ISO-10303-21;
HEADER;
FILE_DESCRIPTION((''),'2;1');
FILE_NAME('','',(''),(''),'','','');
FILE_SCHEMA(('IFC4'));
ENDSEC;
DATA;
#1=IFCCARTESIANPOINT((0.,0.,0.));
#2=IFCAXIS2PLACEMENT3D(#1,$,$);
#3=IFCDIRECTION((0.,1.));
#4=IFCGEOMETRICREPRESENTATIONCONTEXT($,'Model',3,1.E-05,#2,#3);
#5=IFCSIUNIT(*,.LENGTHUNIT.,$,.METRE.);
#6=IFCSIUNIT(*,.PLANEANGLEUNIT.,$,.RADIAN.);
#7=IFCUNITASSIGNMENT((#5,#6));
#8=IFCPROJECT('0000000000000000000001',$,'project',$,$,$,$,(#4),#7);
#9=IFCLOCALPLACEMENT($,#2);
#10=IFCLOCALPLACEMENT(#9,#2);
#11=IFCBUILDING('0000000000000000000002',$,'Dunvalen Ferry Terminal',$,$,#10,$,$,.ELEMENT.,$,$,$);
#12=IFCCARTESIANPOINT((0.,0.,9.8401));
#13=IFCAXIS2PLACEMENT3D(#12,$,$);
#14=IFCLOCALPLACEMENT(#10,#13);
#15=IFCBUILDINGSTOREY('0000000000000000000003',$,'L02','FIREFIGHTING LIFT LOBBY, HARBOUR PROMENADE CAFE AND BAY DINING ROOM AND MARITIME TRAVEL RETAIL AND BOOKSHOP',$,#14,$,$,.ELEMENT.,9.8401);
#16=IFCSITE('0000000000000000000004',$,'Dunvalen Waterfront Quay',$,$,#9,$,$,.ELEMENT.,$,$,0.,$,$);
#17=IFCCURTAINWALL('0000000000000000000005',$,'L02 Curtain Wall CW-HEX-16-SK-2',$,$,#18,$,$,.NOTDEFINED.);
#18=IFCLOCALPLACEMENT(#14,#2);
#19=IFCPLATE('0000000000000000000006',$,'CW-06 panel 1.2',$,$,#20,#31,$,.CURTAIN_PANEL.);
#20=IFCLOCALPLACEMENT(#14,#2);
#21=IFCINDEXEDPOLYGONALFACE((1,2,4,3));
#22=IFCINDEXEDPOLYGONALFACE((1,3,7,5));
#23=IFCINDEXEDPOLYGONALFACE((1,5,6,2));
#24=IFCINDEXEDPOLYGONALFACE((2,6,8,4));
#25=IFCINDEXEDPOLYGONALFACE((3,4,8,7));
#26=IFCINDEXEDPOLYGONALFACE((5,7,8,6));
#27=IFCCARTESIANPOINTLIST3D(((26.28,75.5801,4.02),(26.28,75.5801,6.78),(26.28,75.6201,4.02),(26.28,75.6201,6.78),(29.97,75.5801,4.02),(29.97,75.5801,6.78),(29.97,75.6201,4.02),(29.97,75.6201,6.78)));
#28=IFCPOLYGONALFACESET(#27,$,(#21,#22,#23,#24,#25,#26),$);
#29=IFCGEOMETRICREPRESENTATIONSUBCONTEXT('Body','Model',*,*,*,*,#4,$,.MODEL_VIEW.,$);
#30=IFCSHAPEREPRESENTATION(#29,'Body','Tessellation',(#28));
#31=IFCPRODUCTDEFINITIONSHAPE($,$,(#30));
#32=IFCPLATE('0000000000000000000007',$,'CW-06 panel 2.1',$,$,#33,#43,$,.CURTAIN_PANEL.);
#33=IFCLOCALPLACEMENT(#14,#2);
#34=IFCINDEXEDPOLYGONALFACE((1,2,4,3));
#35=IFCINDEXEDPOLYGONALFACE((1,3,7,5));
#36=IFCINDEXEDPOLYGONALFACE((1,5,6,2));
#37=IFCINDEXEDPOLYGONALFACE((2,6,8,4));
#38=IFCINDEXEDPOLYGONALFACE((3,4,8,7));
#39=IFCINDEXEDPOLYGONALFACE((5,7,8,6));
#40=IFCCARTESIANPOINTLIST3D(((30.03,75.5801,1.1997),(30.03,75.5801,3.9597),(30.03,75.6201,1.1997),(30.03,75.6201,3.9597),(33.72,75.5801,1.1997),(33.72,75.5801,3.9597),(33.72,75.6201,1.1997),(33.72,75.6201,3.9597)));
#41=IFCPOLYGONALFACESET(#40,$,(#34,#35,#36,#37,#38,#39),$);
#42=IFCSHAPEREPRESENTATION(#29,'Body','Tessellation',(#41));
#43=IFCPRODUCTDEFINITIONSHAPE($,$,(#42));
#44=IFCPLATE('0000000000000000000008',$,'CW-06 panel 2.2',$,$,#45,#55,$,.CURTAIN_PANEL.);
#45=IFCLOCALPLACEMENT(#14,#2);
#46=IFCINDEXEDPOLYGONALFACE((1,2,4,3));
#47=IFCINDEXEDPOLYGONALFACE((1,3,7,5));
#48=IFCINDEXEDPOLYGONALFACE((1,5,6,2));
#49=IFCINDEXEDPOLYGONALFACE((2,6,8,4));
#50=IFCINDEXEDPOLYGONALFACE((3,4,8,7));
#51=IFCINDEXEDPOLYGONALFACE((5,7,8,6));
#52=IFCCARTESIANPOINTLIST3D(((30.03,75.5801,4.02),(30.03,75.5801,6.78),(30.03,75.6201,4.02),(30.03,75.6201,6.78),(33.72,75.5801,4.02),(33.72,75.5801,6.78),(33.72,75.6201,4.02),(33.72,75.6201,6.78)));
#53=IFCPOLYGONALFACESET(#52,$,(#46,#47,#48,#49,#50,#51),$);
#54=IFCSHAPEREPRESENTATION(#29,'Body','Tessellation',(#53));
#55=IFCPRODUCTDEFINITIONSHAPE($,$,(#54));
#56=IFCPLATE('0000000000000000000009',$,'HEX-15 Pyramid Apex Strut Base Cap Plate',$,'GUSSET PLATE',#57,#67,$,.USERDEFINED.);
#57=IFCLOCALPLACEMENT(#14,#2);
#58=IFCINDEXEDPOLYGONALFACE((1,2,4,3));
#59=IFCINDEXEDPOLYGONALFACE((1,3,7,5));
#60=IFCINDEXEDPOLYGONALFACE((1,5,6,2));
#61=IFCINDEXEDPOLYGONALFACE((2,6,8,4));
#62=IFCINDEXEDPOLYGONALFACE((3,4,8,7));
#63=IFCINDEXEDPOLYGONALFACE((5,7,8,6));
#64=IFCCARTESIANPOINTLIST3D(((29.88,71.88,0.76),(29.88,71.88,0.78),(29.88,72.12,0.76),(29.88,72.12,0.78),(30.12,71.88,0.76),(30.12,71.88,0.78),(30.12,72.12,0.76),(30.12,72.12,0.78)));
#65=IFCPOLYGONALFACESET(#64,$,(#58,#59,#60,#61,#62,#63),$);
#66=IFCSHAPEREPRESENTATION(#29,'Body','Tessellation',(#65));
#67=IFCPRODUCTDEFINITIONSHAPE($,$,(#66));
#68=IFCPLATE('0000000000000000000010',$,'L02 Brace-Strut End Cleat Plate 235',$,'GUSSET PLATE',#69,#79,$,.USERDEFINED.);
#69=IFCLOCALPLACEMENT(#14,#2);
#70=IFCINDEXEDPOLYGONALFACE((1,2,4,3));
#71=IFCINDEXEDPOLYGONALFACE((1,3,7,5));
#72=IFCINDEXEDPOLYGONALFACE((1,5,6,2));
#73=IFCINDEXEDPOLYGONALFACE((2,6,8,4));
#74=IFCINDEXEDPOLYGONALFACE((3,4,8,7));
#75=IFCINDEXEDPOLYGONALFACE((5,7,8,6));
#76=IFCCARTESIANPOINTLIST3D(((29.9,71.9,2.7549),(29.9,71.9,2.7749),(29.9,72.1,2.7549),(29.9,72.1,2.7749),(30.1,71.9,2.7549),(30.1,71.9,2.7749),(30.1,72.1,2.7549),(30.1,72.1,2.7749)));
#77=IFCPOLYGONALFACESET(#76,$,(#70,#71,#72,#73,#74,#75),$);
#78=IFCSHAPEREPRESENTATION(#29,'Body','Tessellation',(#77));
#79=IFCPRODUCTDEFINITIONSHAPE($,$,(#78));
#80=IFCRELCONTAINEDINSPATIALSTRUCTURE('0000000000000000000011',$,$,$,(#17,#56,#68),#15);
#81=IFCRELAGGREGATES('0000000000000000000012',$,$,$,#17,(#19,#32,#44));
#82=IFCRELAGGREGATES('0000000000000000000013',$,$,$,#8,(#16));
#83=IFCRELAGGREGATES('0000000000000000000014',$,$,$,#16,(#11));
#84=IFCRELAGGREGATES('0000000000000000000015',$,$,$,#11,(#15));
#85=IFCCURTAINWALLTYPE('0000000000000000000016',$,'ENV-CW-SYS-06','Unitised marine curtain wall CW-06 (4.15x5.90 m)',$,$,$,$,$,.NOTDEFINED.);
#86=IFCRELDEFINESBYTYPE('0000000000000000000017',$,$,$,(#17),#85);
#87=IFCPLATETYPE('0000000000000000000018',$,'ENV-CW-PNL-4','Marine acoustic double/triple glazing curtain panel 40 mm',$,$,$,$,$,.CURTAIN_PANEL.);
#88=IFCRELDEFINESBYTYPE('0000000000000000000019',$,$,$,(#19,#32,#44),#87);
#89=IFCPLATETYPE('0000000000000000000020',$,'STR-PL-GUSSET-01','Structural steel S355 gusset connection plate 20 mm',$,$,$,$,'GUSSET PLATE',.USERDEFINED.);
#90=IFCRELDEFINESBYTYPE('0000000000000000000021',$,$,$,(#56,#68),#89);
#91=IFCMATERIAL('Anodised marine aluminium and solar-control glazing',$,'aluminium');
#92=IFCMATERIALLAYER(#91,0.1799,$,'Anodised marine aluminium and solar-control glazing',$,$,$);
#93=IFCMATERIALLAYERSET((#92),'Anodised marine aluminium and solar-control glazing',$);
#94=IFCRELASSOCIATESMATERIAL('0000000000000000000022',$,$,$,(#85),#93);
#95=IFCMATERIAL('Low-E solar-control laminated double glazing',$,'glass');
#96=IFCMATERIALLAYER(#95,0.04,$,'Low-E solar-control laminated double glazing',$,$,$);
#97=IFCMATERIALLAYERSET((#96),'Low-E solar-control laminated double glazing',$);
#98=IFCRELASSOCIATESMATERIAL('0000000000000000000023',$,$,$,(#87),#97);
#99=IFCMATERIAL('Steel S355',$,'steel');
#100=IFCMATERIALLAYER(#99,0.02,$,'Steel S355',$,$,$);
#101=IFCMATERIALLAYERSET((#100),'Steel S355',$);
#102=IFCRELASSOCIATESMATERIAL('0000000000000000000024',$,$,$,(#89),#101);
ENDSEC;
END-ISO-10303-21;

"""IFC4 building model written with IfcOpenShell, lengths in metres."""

from ifc_helpers import new_model, si_unit, direction, frame, origin, origin_2d, place, context, subcontext, project, spatial, rectangle, extrude, material, layer, layer_set, type_object, element, aggregate, save


model = new_model("IFC4")

# Units and contexts
model_context = context("Model", 3, precision=1e-05, world=origin(), true_north=direction((0.0, 1.0)))
body_context = subcontext(model_context, "Body", "Model", "MODEL_VIEW")
ifc_project = project(units=[si_unit("LENGTHUNIT", "METRE"), si_unit("PLANEANGLEUNIT", "RADIAN")], contexts=[model_context])

# Site, building, storey
site_placement = place(None, origin())
site = spatial("IfcSite", under=ifc_project, at=site_placement, Name="Dunvalen Waterfront Quay", CompositionType="ELEMENT", RefElevation=0.0)
building_placement = place(site_placement, origin())
building = spatial("IfcBuilding", under=site, at=building_placement, Name="Dunvalen Ferry Terminal", CompositionType="ELEMENT")
storey_placement = place(building_placement, frame((0.0, 0.0, 9.8401)))
storey = spatial("IfcBuildingStorey", under=building, at=storey_placement, Name="L02", Description="FIREFIGHTING LIFT LOBBY, HARBOUR PROMENADE CAFE AND BAY DINING ROOM AND MARITIME TRAVEL RETAIL AND BOOKSHOP", CompositionType="ELEMENT", Elevation=9.8401)

# Shared definitions
ifc_material_1 = material(Name="Anodised marine aluminium and solar-control glazing", Category="aluminium")

# Curtain wall
ifc_layer_1 = layer(ifc_material_1, 0.1799, Name="Anodised marine aluminium and solar-control glazing")
ifc_layer_set_1 = layer_set([ifc_layer_1], Name="Anodised marine aluminium and solar-control glazing")
curtain_wall_type_1 = type_object("IfcCurtainWallType", Name="ENV-CW-SYS-06", Description="Unitised marine curtain wall CW-06 (4.15x5.90 m)", PredefinedType="NOTDEFINED", material=ifc_layer_set_1)
curtain_wall_1_placement = place(storey_placement, origin())
curtain_wall_1 = element("IfcCurtainWall", 1, at=curtain_wall_1_placement, inside=storey, type_object=curtain_wall_type_1, Name="L02 Curtain Wall CW-HEX-16-SK-2", PredefinedType="NOTDEFINED")

# Shared definitions
ifc_material_2 = material(Name="Steel S355", Category="steel")

# Plates
ifc_material_3 = material(Name="Low-E solar-control laminated double glazing", Category="glass")
ifc_layer_2 = layer(ifc_material_3, 0.04, Name="Low-E solar-control laminated double glazing")
ifc_layer_set_2 = layer_set([ifc_layer_2], Name="Low-E solar-control laminated double glazing")
plate_type_1 = type_object("IfcPlateType", Name="ENV-CW-PNL-4", Description="Marine acoustic double/triple glazing curtain panel 40 mm", PredefinedType="CURTAIN_PANEL", material=ifc_layer_set_2)
plate_1_placement = place(storey_placement, frame((28.125, 75.6001, 4.02), z_axis=(0.0, 0.0, 1.0), x_axis=(1.0, 0.0, 0.0)))
plate_1 = element("IfcPlate", 2, at=plate_1_placement, type_object=plate_type_1, Name="CW-06 panel 1.2", PredefinedType="CURTAIN_PANEL", context=body_context, shape_type="SweptSolid", body=[
    extrude(rectangle(XDim=3.6899, YDim=0.04, at=origin_2d()), origin(), (0.0, 0.0, 1.0), 2.76),
])
plate_2_placement = place(storey_placement, frame((31.875, 75.6001, 1.1997), z_axis=(0.0, 0.0, 1.0), x_axis=(1.0, 0.0, 0.0)))
plate_2 = element("IfcPlate", 3, at=plate_2_placement, type_object=plate_type_1, Name="CW-06 panel 2.1", PredefinedType="CURTAIN_PANEL", context=body_context, shape_type="SweptSolid", body=[
    extrude(rectangle(XDim=3.6899, YDim=0.04, at=origin_2d()), origin(), (0.0, 0.0, 1.0), 2.76),
])
plate_3_placement = place(storey_placement, frame((31.875, 75.6001, 4.02), z_axis=(0.0, 0.0, 1.0), x_axis=(1.0, 0.0, 0.0)))
plate_3 = element("IfcPlate", 4, at=plate_3_placement, type_object=plate_type_1, Name="CW-06 panel 2.2", PredefinedType="CURTAIN_PANEL", context=body_context, shape_type="SweptSolid", body=[
    extrude(rectangle(XDim=3.6899, YDim=0.04, at=origin_2d()), origin(), (0.0, 0.0, 1.0), 2.76),
])
aggregate(curtain_wall_1, [plate_1, plate_2, plate_3])

# Plates
ifc_layer_3 = layer(ifc_material_2, 0.02, Name="Steel S355")
ifc_layer_set_3 = layer_set([ifc_layer_3], Name="Steel S355")
plate_type_2 = type_object("IfcPlateType", Name="STR-PL-GUSSET-01", Description="Structural steel S355 gusset connection plate 20 mm", ElementType="GUSSET PLATE", PredefinedType="USERDEFINED", material=ifc_layer_set_3)
plate_4_placement = place(storey_placement, frame((30.0, 72.0, 0.76), z_axis=(0.0, 0.0, 1.0), x_axis=(1.0, 0.0, 0.0)))
element("IfcPlate", 5, at=plate_4_placement, inside=storey, type_object=plate_type_2, Name="HEX-15 Pyramid Apex Strut Base Cap Plate", ObjectType="GUSSET PLATE", PredefinedType="USERDEFINED", context=body_context, shape_type="SweptSolid", body=[
    extrude(rectangle(XDim=0.24, YDim=0.24, at=origin_2d()), origin(), (0.0, 0.0, 1.0), 0.02),
])
plate_5_placement = place(storey_placement, frame((30.0, 72.0, 2.7549), z_axis=(0.0, 0.0, 1.0), x_axis=(1.0, 0.0, 0.0)))
element("IfcPlate", 6, at=plate_5_placement, inside=storey, type_object=plate_type_2, Name="L02 Brace-Strut End Cleat Plate 235", ObjectType="GUSSET PLATE", PredefinedType="USERDEFINED", context=body_context, shape_type="SweptSolid", body=[
    extrude(rectangle(XDim=0.2, YDim=0.2, at=origin_2d()), origin(), (0.0, 0.0, 1.0), 0.02),
])

save(model, "model.ifc")
